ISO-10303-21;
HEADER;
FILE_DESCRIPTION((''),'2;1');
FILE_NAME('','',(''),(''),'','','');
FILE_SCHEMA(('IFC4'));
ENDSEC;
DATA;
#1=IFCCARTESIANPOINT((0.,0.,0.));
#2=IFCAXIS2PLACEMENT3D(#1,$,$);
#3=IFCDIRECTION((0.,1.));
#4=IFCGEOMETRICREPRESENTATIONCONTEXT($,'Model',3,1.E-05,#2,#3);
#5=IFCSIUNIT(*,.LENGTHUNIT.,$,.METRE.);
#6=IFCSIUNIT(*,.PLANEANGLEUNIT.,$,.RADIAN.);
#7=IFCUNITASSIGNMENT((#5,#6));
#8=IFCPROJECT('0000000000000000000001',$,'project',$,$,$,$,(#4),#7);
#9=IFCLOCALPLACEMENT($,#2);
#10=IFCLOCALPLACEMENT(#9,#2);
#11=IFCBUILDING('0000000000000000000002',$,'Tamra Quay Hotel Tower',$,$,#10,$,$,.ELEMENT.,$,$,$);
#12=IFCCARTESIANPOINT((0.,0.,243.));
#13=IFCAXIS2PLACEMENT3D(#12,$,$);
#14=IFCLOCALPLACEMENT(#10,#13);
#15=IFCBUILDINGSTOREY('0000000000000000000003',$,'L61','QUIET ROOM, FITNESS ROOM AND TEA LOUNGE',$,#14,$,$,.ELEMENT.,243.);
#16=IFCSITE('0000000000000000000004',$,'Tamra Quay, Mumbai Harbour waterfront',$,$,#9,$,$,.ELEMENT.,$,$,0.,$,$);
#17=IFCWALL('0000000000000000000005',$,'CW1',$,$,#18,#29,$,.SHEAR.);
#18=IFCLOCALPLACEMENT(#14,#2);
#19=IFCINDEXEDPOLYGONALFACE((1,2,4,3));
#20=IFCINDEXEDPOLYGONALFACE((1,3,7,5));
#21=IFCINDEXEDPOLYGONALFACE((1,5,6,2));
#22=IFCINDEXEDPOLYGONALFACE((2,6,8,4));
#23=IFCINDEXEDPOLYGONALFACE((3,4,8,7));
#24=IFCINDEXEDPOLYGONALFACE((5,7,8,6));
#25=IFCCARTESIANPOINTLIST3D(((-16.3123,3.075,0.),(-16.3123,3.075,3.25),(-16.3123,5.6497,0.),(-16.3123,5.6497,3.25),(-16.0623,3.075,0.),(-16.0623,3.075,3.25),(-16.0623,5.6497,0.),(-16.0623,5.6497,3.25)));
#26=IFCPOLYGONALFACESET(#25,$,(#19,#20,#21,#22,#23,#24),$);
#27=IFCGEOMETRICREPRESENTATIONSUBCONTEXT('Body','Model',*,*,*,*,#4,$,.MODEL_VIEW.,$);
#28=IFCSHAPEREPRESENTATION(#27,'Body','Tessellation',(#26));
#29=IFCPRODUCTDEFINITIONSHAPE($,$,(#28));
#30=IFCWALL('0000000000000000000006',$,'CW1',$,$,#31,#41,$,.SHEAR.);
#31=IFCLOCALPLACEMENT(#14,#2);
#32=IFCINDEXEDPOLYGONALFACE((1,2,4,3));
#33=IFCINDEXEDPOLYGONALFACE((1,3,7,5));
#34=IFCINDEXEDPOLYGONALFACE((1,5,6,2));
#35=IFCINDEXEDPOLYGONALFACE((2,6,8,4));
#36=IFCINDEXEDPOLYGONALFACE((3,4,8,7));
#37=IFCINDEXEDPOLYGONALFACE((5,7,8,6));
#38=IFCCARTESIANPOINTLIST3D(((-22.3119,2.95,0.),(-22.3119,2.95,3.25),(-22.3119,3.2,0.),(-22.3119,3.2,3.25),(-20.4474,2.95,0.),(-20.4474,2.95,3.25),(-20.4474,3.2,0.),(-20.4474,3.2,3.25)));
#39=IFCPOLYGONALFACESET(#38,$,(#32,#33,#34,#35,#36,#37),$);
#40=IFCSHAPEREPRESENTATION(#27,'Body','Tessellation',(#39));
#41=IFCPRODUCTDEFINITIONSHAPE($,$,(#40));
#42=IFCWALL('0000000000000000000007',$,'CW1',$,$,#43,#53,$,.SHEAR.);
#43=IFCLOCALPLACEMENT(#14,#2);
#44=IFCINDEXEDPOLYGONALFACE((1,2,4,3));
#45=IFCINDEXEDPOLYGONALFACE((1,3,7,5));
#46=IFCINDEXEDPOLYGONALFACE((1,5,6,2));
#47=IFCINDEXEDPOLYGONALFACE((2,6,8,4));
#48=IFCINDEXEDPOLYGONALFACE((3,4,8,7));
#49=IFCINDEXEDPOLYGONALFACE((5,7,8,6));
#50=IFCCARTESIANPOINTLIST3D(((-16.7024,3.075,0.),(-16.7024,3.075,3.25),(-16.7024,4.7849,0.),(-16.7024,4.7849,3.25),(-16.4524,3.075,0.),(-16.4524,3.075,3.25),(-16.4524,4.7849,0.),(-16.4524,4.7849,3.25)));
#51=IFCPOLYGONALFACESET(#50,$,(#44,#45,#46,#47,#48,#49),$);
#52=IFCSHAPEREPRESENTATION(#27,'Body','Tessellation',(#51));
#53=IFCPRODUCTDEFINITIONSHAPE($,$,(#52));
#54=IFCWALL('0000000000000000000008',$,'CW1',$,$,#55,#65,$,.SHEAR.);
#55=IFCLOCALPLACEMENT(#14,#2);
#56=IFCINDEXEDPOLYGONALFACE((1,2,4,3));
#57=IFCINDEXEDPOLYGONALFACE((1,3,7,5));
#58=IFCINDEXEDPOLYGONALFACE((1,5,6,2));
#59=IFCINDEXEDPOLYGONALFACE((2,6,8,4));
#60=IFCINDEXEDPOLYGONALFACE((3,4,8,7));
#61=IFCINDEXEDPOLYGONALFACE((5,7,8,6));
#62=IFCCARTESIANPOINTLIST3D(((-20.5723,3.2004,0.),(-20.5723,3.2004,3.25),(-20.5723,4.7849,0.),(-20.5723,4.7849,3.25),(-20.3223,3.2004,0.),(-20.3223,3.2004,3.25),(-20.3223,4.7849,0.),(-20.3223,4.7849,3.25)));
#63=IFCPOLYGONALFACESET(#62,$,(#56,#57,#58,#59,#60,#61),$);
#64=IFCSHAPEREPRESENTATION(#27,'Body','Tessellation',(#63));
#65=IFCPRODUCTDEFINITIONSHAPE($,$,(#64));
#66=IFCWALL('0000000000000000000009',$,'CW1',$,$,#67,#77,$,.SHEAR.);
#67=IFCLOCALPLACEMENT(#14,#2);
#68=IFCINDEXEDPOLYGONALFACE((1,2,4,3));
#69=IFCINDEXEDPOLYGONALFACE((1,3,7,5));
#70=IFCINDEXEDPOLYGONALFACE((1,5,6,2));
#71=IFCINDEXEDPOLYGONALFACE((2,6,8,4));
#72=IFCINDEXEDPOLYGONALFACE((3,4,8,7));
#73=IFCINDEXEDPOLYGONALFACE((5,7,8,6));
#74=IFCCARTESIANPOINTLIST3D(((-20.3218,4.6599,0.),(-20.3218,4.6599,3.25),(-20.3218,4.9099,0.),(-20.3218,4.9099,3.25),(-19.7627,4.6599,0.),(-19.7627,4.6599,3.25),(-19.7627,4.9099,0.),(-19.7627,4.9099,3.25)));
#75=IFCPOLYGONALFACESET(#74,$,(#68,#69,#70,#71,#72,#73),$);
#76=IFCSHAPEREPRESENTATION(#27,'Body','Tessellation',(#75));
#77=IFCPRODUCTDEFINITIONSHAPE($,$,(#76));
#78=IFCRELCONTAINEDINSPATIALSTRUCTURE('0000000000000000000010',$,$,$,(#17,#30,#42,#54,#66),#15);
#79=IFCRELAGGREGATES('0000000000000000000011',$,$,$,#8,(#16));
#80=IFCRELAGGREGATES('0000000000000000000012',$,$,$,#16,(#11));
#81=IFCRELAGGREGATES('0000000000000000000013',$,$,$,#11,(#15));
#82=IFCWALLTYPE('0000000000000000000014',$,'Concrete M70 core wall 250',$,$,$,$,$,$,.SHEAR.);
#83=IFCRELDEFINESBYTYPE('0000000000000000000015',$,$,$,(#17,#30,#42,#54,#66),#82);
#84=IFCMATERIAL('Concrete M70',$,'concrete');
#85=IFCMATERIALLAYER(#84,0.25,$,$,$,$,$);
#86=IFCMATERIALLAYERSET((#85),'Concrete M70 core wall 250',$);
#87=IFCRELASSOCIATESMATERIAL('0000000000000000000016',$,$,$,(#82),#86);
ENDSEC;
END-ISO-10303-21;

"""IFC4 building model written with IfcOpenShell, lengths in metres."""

from ifc_helpers import new_model, si_unit, direction, frame, frame_2d, origin, place, context, subcontext, project, spatial, rectangle, extrude, material, layer, layer_set, type_object, element, save


model = new_model("IFC4")

# Units and contexts
model_context = context("Model", 3, precision=1e-05, world=origin(), true_north=direction((0.0, 1.0)))
body_context = subcontext(model_context, "Body", "Model", "MODEL_VIEW")
ifc_project = project(units=[si_unit("LENGTHUNIT", "METRE"), si_unit("PLANEANGLEUNIT", "RADIAN")], contexts=[model_context])

# Site, building, storey
site_placement = place(None, origin())
site = spatial("IfcSite", under=ifc_project, at=site_placement, Name="Tamra Quay, Mumbai Harbour waterfront", CompositionType="ELEMENT", RefElevation=0.0)
building_placement = place(site_placement, origin())
building = spatial("IfcBuilding", under=site, at=building_placement, Name="Tamra Quay Hotel Tower", CompositionType="ELEMENT")
storey_placement = place(building_placement, frame((0.0, 0.0, 243.0)))
storey = spatial("IfcBuildingStorey", under=building, at=storey_placement, Name="L61", Description="QUIET ROOM, FITNESS ROOM AND TEA LOUNGE", CompositionType="ELEMENT", Elevation=243.0)

# Shared definitions
ifc_material_1 = material(Name="Concrete M70", Category="concrete")

# Walls
ifc_layer_1 = layer(ifc_material_1, 0.25)
ifc_layer_set_1 = layer_set([ifc_layer_1], Name="Concrete M70 core wall 250")
wall_type_1 = type_object("IfcWallType", Name="Concrete M70 core wall 250", PredefinedType="SHEAR", material=ifc_layer_set_1)
wall_1_placement = place(storey_placement, frame((-16.1873, 3.075, 0.0), z_axis=(0.0, 0.0, 1.0), x_axis=(0.0, 1.0, 0.0)))
element("IfcWall", 1, at=wall_1_placement, inside=storey, type_object=wall_type_1, Name="CW1", PredefinedType="SHEAR", context=body_context, shape_type="SweptSolid", body=[
    extrude(rectangle(XDim=2.5747, YDim=0.25, at=frame_2d((1.2874, 0.0))), origin(), (0.0, 0.0, 1.0), 3.25),
])
wall_2_placement = place(storey_placement, frame((-22.3118, 3.075, 0.0), z_axis=(0.0, 0.0, 1.0), x_axis=(1.0, 0.0, 0.0)))
element("IfcWall", 2, at=wall_2_placement, inside=storey, type_object=wall_type_1, Name="CW1", PredefinedType="SHEAR", context=body_context, shape_type="SweptSolid", body=[
    extrude(rectangle(XDim=1.8645, YDim=0.25, at=frame_2d((0.9321, 0.0))), origin(), (0.0, 0.0, 1.0), 3.25),
])
wall_3_placement = place(storey_placement, frame((-16.5774, 4.7849, 0.0), z_axis=(0.0, 0.0, 1.0), x_axis=(0.0, -1.0, 0.0)))
element("IfcWall", 3, at=wall_3_placement, inside=storey, type_object=wall_type_1, Name="CW1", PredefinedType="SHEAR", context=body_context, shape_type="SweptSolid", body=[
    extrude(rectangle(XDim=1.71, YDim=0.25, at=frame_2d((0.855, 0.0))), origin(), (0.0, 0.0, 1.0), 3.25),
])
wall_4_placement = place(storey_placement, frame((-20.4473, 3.2004, 0.0), z_axis=(0.0, 0.0, 1.0), x_axis=(0.0, 1.0, 0.0)))
element("IfcWall", 4, at=wall_4_placement, inside=storey, type_object=wall_type_1, Name="CW1", PredefinedType="SHEAR", context=body_context, shape_type="SweptSolid", body=[
    extrude(rectangle(XDim=1.5845, YDim=0.25, at=frame_2d((0.7922, 0.0))), origin(), (0.0, 0.0, 1.0), 3.25),
])
wall_5_placement = place(storey_placement, frame((-20.3218, 4.7849, 0.0), z_axis=(0.0, 0.0, 1.0), x_axis=(1.0, 0.0, 0.0)))
element("IfcWall", 5, at=wall_5_placement, inside=storey, type_object=wall_type_1, Name="CW1", PredefinedType="SHEAR", context=body_context, shape_type="SweptSolid", body=[
    extrude(rectangle(XDim=0.5591, YDim=0.25, at=frame_2d((0.2795, 0.0))), origin(), (0.0, 0.0, 1.0), 3.25),
])

save(model, "model.ifc")
